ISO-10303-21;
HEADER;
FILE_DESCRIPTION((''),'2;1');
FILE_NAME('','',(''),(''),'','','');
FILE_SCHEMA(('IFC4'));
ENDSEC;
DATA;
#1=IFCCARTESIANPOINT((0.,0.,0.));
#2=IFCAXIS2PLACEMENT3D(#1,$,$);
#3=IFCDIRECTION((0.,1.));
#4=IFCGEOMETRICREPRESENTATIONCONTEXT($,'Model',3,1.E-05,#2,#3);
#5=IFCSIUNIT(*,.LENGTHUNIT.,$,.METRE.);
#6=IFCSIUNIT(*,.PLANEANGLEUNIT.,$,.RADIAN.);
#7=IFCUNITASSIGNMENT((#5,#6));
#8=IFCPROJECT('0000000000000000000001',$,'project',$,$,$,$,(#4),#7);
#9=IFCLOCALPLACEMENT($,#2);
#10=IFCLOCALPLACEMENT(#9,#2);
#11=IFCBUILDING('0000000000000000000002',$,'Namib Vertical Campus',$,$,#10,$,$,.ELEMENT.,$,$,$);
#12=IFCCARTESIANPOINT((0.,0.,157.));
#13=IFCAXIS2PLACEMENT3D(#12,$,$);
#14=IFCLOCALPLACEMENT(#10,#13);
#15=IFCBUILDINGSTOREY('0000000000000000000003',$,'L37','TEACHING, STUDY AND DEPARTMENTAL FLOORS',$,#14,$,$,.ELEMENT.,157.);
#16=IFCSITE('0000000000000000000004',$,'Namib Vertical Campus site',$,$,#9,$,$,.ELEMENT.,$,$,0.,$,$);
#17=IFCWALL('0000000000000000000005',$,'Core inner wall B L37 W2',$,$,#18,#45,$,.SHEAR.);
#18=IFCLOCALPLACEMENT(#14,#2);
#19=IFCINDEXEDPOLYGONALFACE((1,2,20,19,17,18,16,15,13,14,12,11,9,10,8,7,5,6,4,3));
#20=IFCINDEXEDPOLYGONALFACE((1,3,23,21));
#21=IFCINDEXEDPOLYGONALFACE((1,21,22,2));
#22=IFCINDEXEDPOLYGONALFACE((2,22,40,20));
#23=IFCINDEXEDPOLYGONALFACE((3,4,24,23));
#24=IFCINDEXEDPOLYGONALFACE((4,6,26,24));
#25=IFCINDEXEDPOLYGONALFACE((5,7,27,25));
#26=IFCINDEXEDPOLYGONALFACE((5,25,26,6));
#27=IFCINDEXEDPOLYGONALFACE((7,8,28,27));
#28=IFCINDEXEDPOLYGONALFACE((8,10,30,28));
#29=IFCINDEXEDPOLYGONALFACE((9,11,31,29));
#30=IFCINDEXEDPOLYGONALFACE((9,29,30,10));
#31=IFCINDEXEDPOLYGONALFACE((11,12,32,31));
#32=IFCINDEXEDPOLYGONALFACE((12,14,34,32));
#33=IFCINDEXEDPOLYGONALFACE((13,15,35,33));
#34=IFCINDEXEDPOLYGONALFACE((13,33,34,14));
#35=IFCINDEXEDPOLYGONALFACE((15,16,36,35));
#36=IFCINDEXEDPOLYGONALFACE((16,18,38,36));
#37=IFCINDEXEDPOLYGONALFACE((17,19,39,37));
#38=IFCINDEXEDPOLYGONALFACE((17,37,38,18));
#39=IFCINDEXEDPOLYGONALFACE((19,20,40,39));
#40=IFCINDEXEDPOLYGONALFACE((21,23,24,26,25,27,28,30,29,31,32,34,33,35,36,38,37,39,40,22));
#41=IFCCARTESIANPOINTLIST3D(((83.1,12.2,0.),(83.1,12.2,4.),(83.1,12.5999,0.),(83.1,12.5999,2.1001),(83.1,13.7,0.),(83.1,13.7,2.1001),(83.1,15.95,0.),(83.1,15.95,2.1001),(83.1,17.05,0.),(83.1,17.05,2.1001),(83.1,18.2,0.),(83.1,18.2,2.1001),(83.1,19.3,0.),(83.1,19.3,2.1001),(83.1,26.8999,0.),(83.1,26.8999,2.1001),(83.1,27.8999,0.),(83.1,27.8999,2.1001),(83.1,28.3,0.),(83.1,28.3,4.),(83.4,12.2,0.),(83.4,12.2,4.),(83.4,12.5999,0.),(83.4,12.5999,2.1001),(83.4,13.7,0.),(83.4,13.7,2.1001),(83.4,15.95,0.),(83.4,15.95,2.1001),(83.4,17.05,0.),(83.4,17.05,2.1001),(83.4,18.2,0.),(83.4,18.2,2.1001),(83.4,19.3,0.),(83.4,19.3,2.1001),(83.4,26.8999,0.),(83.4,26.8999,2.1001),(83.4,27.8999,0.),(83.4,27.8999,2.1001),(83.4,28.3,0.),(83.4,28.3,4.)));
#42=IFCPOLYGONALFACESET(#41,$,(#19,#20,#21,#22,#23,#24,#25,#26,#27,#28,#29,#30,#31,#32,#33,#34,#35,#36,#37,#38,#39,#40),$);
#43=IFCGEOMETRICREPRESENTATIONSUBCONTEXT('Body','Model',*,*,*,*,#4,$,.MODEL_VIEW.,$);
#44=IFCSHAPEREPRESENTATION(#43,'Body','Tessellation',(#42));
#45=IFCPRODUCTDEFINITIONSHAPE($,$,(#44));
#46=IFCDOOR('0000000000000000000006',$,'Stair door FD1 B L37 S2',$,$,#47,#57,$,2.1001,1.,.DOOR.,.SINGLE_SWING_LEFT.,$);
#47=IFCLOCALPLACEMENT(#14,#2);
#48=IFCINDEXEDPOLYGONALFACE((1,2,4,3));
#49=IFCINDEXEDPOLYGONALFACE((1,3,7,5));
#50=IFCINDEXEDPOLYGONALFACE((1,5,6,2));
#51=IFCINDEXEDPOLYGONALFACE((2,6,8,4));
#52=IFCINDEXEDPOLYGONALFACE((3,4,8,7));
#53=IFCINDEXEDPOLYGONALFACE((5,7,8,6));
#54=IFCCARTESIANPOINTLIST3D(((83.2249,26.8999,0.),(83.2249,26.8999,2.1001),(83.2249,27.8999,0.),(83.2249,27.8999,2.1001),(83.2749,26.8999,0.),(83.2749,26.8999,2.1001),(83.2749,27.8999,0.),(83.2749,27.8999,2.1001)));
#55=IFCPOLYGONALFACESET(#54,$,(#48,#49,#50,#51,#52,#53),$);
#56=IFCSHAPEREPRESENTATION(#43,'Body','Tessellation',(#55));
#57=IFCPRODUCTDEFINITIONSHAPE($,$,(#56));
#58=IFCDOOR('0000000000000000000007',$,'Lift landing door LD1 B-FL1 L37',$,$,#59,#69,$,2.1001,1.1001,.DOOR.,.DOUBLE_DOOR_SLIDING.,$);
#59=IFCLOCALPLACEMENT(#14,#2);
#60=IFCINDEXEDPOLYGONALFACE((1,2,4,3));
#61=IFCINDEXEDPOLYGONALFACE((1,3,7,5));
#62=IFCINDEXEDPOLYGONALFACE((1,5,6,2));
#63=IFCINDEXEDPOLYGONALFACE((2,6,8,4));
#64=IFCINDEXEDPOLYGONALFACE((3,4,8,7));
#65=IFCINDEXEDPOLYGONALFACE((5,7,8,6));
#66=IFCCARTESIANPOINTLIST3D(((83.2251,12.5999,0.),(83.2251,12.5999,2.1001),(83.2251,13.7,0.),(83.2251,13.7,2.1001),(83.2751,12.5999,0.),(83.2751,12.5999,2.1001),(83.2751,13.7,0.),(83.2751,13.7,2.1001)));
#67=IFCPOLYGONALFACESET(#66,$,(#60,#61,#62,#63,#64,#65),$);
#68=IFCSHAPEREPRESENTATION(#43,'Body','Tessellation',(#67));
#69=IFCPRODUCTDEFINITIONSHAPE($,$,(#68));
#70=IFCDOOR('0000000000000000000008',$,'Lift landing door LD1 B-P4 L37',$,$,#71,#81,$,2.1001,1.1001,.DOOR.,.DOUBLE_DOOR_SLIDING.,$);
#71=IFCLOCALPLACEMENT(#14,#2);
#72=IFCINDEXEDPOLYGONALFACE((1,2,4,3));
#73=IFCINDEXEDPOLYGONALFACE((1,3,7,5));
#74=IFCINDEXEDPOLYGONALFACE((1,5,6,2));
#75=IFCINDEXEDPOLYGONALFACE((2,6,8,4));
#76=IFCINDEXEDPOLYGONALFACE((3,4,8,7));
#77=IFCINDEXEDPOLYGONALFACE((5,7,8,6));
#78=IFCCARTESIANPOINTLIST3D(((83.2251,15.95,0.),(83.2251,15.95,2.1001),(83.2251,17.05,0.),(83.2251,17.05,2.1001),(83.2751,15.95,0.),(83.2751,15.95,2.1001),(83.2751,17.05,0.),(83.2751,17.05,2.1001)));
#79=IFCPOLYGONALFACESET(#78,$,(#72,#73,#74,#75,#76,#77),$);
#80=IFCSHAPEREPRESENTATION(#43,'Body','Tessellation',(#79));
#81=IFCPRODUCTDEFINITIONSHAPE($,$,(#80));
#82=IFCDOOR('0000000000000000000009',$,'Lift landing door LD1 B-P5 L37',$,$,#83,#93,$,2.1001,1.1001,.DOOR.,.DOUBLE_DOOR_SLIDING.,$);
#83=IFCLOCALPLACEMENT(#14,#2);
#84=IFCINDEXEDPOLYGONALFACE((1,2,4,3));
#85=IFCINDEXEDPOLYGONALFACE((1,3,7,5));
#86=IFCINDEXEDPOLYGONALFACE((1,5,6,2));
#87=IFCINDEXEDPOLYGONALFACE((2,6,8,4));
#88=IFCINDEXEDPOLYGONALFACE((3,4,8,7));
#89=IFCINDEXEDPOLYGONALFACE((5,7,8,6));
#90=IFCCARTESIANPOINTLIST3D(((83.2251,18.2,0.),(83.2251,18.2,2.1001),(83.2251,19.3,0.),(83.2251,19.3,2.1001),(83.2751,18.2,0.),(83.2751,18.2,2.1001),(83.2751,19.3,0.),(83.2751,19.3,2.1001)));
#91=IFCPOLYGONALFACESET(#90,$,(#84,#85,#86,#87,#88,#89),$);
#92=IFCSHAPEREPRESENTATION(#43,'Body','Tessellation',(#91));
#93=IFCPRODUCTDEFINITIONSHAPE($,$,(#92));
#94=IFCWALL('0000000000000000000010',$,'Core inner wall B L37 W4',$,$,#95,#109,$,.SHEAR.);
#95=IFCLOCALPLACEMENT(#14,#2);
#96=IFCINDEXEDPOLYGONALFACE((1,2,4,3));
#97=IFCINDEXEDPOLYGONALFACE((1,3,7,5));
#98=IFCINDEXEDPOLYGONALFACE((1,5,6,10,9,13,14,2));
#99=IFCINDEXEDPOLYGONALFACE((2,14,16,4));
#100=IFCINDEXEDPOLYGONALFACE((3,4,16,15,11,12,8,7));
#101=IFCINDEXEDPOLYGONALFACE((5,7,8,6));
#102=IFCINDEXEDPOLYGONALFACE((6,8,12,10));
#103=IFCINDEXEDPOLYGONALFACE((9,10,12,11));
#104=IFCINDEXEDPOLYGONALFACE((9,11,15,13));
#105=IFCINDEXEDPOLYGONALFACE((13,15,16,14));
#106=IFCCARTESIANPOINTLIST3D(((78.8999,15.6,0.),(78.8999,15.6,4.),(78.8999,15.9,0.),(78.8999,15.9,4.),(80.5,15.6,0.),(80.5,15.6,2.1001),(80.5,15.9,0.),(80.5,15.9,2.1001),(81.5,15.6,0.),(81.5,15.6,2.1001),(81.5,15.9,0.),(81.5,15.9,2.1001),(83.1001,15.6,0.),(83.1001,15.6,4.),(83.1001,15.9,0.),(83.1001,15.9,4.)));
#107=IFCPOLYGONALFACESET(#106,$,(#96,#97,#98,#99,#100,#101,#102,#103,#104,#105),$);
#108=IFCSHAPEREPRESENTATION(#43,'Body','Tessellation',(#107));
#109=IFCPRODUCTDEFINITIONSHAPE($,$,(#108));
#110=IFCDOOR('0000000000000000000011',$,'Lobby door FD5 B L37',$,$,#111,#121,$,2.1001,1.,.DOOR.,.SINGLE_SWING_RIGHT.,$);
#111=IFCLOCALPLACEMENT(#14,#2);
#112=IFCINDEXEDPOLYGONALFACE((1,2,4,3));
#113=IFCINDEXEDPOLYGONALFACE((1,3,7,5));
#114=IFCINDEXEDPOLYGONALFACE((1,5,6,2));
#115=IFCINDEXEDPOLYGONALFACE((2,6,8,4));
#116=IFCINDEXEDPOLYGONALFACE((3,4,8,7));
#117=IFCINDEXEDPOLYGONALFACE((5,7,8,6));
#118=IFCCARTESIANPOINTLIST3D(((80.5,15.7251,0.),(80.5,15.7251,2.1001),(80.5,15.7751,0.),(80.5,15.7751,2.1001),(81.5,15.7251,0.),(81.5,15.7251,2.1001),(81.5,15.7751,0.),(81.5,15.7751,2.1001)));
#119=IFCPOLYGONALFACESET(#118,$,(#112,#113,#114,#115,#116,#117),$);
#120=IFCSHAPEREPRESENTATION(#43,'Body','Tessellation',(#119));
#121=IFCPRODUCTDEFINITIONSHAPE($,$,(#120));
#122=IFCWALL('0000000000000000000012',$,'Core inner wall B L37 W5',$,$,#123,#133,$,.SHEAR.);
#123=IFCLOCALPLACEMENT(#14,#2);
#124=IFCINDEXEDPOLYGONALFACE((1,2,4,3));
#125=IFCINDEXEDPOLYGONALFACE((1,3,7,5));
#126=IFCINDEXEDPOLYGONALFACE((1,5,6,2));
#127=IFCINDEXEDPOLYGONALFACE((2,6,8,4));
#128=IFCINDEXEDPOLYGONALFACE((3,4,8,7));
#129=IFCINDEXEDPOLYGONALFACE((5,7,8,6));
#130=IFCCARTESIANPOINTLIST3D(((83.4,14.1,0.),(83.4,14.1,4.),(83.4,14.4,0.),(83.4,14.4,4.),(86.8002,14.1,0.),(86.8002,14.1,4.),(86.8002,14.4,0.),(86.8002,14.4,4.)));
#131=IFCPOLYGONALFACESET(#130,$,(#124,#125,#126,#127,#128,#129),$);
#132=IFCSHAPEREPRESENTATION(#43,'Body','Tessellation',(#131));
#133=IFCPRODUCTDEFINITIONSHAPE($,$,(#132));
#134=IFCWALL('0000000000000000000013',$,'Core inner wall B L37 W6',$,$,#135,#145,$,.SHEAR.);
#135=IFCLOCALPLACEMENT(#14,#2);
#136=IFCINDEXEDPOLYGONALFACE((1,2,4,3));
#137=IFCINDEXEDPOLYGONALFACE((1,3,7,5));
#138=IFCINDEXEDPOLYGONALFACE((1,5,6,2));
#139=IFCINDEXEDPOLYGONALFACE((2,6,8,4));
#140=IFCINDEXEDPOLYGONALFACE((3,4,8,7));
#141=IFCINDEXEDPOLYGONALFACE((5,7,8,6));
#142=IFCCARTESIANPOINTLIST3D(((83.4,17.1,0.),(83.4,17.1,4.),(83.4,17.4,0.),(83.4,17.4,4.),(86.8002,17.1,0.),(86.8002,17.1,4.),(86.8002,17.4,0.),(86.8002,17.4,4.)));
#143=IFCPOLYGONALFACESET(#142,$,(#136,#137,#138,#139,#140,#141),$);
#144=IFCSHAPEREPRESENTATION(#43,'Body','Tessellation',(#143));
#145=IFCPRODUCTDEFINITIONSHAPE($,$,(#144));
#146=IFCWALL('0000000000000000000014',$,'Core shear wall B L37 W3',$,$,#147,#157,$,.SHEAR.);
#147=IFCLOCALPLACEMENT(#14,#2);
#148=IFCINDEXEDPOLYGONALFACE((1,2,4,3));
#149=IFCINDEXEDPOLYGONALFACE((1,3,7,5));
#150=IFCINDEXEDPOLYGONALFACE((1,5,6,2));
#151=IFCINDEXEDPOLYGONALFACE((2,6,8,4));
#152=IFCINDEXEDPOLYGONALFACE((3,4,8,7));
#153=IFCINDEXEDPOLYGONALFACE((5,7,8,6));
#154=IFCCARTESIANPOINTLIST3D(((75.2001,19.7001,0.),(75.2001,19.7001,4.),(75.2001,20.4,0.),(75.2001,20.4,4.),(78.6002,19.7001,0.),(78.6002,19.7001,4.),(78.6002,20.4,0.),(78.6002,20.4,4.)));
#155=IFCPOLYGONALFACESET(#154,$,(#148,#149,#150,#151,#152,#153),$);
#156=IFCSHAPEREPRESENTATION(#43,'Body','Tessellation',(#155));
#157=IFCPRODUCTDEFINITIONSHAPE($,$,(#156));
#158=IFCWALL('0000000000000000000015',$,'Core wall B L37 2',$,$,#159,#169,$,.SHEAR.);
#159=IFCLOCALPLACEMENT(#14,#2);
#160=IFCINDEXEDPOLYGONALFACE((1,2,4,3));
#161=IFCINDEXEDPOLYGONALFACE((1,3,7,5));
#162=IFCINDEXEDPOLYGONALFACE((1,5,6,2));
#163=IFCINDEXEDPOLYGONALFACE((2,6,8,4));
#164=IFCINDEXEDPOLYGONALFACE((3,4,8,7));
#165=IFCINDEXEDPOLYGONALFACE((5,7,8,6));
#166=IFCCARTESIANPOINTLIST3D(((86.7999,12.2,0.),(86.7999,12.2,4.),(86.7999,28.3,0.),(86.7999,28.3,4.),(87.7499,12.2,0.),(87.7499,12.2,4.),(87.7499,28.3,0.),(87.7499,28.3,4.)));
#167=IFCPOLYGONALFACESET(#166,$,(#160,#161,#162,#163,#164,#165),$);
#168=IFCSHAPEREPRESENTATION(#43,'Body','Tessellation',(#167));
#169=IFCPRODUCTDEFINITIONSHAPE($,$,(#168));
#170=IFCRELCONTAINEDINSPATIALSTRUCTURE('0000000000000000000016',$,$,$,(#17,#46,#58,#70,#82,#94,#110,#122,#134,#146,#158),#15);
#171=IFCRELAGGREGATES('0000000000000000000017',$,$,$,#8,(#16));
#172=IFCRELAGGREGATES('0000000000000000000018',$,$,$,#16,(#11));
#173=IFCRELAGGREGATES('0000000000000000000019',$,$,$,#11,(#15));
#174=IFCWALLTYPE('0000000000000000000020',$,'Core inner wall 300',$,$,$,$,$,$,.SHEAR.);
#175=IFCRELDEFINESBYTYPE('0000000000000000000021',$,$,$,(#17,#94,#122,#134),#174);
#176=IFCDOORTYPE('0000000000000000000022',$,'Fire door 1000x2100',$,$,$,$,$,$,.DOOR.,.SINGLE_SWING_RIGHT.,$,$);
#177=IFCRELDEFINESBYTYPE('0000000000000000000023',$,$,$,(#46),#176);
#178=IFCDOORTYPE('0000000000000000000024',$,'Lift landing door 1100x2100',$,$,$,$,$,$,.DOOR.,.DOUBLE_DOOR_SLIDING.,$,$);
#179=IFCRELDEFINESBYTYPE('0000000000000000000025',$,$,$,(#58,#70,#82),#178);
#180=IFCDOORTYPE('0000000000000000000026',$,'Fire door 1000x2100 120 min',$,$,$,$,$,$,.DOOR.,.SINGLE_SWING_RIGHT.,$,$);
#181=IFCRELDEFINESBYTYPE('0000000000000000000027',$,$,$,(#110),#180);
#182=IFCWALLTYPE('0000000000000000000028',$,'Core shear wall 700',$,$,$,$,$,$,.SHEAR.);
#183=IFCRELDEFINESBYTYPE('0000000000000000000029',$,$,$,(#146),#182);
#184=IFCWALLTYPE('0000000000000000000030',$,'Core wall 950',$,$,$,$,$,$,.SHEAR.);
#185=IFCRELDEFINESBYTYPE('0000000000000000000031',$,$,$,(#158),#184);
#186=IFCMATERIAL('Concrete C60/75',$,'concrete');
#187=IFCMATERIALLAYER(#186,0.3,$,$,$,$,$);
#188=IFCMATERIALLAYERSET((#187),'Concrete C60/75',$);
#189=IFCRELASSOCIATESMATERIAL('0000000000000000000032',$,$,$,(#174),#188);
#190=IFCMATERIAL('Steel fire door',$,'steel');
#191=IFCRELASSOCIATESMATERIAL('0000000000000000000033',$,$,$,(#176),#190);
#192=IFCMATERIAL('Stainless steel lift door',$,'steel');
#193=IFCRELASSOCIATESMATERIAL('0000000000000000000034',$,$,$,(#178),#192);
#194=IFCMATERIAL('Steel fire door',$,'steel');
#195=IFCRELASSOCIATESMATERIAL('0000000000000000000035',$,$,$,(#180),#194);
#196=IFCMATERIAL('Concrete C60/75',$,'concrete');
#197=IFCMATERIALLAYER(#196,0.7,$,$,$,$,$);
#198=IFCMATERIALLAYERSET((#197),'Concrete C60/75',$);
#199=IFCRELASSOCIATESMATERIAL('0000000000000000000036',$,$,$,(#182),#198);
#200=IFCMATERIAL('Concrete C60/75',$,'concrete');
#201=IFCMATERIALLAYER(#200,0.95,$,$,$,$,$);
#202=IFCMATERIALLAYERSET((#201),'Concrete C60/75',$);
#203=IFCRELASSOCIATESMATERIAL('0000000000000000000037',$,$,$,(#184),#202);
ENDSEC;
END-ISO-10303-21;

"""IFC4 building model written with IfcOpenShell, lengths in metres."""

from ifc_helpers import new_model, si_unit, direction, frame, frame_2d, origin, place, context, subcontext, project, spatial, rectangle, extrude, material, layer, layer_set, type_object, element, fill, save


model = new_model("IFC4")

# Units and contexts
model_context = context("Model", 3, precision=1e-05, world=origin(), true_north=direction((0.0, 1.0)))
body_context = subcontext(model_context, "Body", "Model", "MODEL_VIEW")
ifc_project = project(units=[si_unit("LENGTHUNIT", "METRE"), si_unit("PLANEANGLEUNIT", "RADIAN")], contexts=[model_context])

# Site, building, storey
site_placement = place(None, origin())
site = spatial("IfcSite", under=ifc_project, at=site_placement, Name="Namib Vertical Campus site", CompositionType="ELEMENT", RefElevation=0.0)
building_placement = place(site_placement, origin())
building = spatial("IfcBuilding", under=site, at=building_placement, Name="Namib Vertical Campus", CompositionType="ELEMENT")
storey_placement = place(building_placement, frame((0.0, 0.0, 157.0)))
storey = spatial("IfcBuildingStorey", under=building, at=storey_placement, Name="L37", Description="TEACHING, STUDY AND DEPARTMENTAL FLOORS", CompositionType="ELEMENT", Elevation=157.0)

# Wall, openings, doors
ifc_material_1 = material(Name="Concrete C60/75", Category="concrete")
ifc_layer_1 = layer(ifc_material_1, 0.3)
ifc_layer_set_1 = layer_set([ifc_layer_1], Name="Concrete C60/75")
wall_type_1 = type_object("IfcWallType", Name="Core inner wall 300", PredefinedType="SHEAR", material=ifc_layer_set_1)
ifc_material_2 = material(Name="Steel fire door", Category="steel")
door_type_1 = type_object("IfcDoorType", Name="Fire door 1000x2100", OperationType="SINGLE_SWING_RIGHT", PredefinedType="DOOR", material=ifc_material_2)
ifc_material_3 = material(Name="Stainless steel lift door", Category="steel")
door_type_2 = type_object("IfcDoorType", Name="Lift landing door 1100x2100", OperationType="DOUBLE_DOOR_SLIDING", PredefinedType="DOOR", material=ifc_material_3)
wall_1_placement = place(storey_placement, frame((83.25, 12.2, 0.0), z_axis=(0.0, 0.0, 1.0), x_axis=(0.0, 1.0, 0.0)))
wall_1 = element("IfcWall", 1, at=wall_1_placement, inside=storey, type_object=wall_type_1, Name="Core inner wall B L37 W2", PredefinedType="SHEAR", context=body_context, shape_type="SweptSolid", body=[
    extrude(rectangle(XDim=16.1001, YDim=0.3, at=frame_2d((8.05, 0.0))), origin(), (0.0, 0.0, 1.0), 4.0),
])
opening_1_placement = place(wall_1_placement, frame((14.7, 0.0, 0.0)))
opening_1 = element("IfcOpeningElement", 2, at=opening_1_placement, cuts=wall_1, PredefinedType="OPENING", context=body_context, shape_type="SweptSolid", body=[
    extrude(rectangle(XDim=1.0, YDim=2.1001, at=frame_2d((0.5, 1.05))), frame((0.0, 0.1599, 0.0), z_axis=(0.0, -1.0, 0.0), x_axis=(1.0, 0.0, 0.0)), (0.0, 0.0, 1.0), 0.3201),
])
opening_2_placement = place(wall_1_placement, frame((0.3999, 0.0, 0.0)))
opening_2 = element("IfcOpeningElement", 3, at=opening_2_placement, cuts=wall_1, PredefinedType="OPENING", context=body_context, shape_type="SweptSolid", body=[
    extrude(rectangle(XDim=1.1001, YDim=2.1001, at=frame_2d((0.55, 1.05))), frame((0.0, 0.1599, 0.0), z_axis=(0.0, -1.0, 0.0), x_axis=(1.0, 0.0, 0.0)), (0.0, 0.0, 1.0), 0.3201),
])
opening_3_placement = place(wall_1_placement, frame((3.75, 0.0, 0.0)))
opening_3 = element("IfcOpeningElement", 4, at=opening_3_placement, cuts=wall_1, PredefinedType="OPENING", context=body_context, shape_type="SweptSolid", body=[
    extrude(rectangle(XDim=1.1001, YDim=2.1001, at=frame_2d((0.55, 1.05))), frame((0.0, 0.1599, 0.0), z_axis=(0.0, -1.0, 0.0), x_axis=(1.0, 0.0, 0.0)), (0.0, 0.0, 1.0), 0.3201),
])
opening_4_placement = place(wall_1_placement, frame((6.0, 0.0, 0.0)))
opening_4 = element("IfcOpeningElement", 5, at=opening_4_placement, cuts=wall_1, PredefinedType="OPENING", context=body_context, shape_type="SweptSolid", body=[
    extrude(rectangle(XDim=1.1001, YDim=2.1001, at=frame_2d((0.55, 1.05))), frame((0.0, 0.1599, 0.0), z_axis=(0.0, -1.0, 0.0), x_axis=(1.0, 0.0, 0.0)), (0.0, 0.0, 1.0), 0.3201),
])
door_1_placement = place(opening_1_placement, frame((1.0, 0.0, 0.0), z_axis=(0.0, 0.0, 1.0), x_axis=(-1.0, 0.0, 0.0)))
door_1 = element("IfcDoor", 6, at=door_1_placement, inside=storey, type_object=door_type_1, Name="Stair door FD1 B L37 S2", OperationType="SINGLE_SWING_LEFT", OverallHeight=2.1001, OverallWidth=1.0, PredefinedType="DOOR", context=body_context, shape_type="SweptSolid", body=[
    extrude(rectangle(XDim=1.0, YDim=2.1001, at=frame_2d((0.5, 1.05))), frame((0.0, 0.0249, 0.0), z_axis=(0.0, -1.0, 0.0), x_axis=(1.0, 0.0, 0.0)), (0.0, 0.0, 1.0), 0.05),
])
fill(opening_1, door_1)
door_2_placement = place(opening_2_placement, origin())
door_2 = element("IfcDoor", 7, at=door_2_placement, inside=storey, type_object=door_type_2, Name="Lift landing door LD1 B-FL1 L37", OperationType="DOUBLE_DOOR_SLIDING", OverallHeight=2.1001, OverallWidth=1.1001, PredefinedType="DOOR", context=body_context, shape_type="SweptSolid", body=[
    extrude(rectangle(XDim=1.1001, YDim=2.1001, at=frame_2d((0.55, 1.05))), frame((0.0, 0.0249, 0.0), z_axis=(0.0, -1.0, 0.0), x_axis=(1.0, 0.0, 0.0)), (0.0, 0.0, 1.0), 0.05),
])
fill(opening_2, door_2)
door_3_placement = place(opening_3_placement, origin())
door_3 = element("IfcDoor", 8, at=door_3_placement, inside=storey, type_object=door_type_2, Name="Lift landing door LD1 B-P4 L37", OperationType="DOUBLE_DOOR_SLIDING", OverallHeight=2.1001, OverallWidth=1.1001, PredefinedType="DOOR", context=body_context, shape_type="SweptSolid", body=[
    extrude(rectangle(XDim=1.1001, YDim=2.1001, at=frame_2d((0.55, 1.05))), frame((0.0, 0.0249, 0.0), z_axis=(0.0, -1.0, 0.0), x_axis=(1.0, 0.0, 0.0)), (0.0, 0.0, 1.0), 0.05),
])
fill(opening_3, door_3)
door_4_placement = place(opening_4_placement, origin())
door_4 = element("IfcDoor", 9, at=door_4_placement, inside=storey, type_object=door_type_2, Name="Lift landing door LD1 B-P5 L37", OperationType="DOUBLE_DOOR_SLIDING", OverallHeight=2.1001, OverallWidth=1.1001, PredefinedType="DOOR", context=body_context, shape_type="SweptSolid", body=[
    extrude(rectangle(XDim=1.1001, YDim=2.1001, at=frame_2d((0.55, 1.05))), frame((0.0, 0.0249, 0.0), z_axis=(0.0, -1.0, 0.0), x_axis=(1.0, 0.0, 0.0)), (0.0, 0.0, 1.0), 0.05),
])
fill(opening_4, door_4)

# Wall, opening, door
wall_2_placement = place(storey_placement, frame((78.8999, 15.75, 0.0), z_axis=(0.0, 0.0, 1.0), x_axis=(1.0, 0.0, 0.0)))
wall_2 = element("IfcWall", 10, at=wall_2_placement, inside=storey, type_object=wall_type_1, Name="Core inner wall B L37 W4", PredefinedType="SHEAR", context=body_context, shape_type="SweptSolid", body=[
    extrude(rectangle(XDim=4.2002, YDim=0.3, at=frame_2d((2.1001, 0.0))), origin(), (0.0, 0.0, 1.0), 4.0),
])
opening_5_placement = place(wall_2_placement, frame((1.6001, 0.0, 0.0)))
opening_5 = element("IfcOpeningElement", 11, at=opening_5_placement, cuts=wall_2, PredefinedType="OPENING", context=body_context, shape_type="SweptSolid", body=[
    extrude(rectangle(XDim=1.0, YDim=2.1001, at=frame_2d((0.5, 1.05))), frame((0.0, 0.1599, 0.0), z_axis=(0.0, -1.0, 0.0), x_axis=(1.0, 0.0, 0.0)), (0.0, 0.0, 1.0), 0.3201),
])
ifc_material_4 = material(Name="Steel fire door", Category="steel")
door_type_3 = type_object("IfcDoorType", Name="Fire door 1000x2100 120 min", OperationType="SINGLE_SWING_RIGHT", PredefinedType="DOOR", material=ifc_material_4)
door_5_placement = place(opening_5_placement, frame((1.0, 0.0, 0.0), z_axis=(0.0, 0.0, 1.0), x_axis=(-1.0, 0.0, 0.0)))
door_5 = element("IfcDoor", 12, at=door_5_placement, inside=storey, type_object=door_type_3, Name="Lobby door FD5 B L37", OperationType="SINGLE_SWING_RIGHT", OverallHeight=2.1001, OverallWidth=1.0, PredefinedType="DOOR", context=body_context, shape_type="SweptSolid", body=[
    extrude(rectangle(XDim=1.0, YDim=2.1001, at=frame_2d((0.5, 1.05))), frame((0.0, 0.0249, 0.0), z_axis=(0.0, -1.0, 0.0), x_axis=(1.0, 0.0, 0.0)), (0.0, 0.0, 1.0), 0.05),
])
fill(opening_5, door_5)

# Walls
for number, where, z_axis, x_axis, name in (
    (13, (83.3999, 14.25, 0.0), (0.0, 0.0, 1.0), (1.0, 0.0, 0.0), "Core inner wall B L37 W5"),
    (14, (83.3999, 17.25, 0.0), (0.0, 0.0, 1.0), (1.0, 0.0, 0.0), "Core inner wall B L37 W6"),
):
    element("IfcWall", number, at=place(storey_placement, frame(where, z_axis=z_axis, x_axis=x_axis)), inside=storey, type_object=wall_type_1, Name=name, PredefinedType="SHEAR", context=body_context, shape_type="SweptSolid", body=[
        extrude(rectangle(XDim=3.4001, YDim=0.3, at=frame_2d((1.7002, 0.0))), origin(), (0.0, 0.0, 1.0), 4.0),
    ])
ifc_material_5 = material(Name="Concrete C60/75", Category="concrete")
ifc_layer_2 = layer(ifc_material_5, 0.7)
ifc_layer_set_2 = layer_set([ifc_layer_2], Name="Concrete C60/75")
wall_type_2 = type_object("IfcWallType", Name="Core shear wall 700", PredefinedType="SHEAR", material=ifc_layer_set_2)
wall_3_placement = place(storey_placement, frame((75.2, 20.05, 0.0), z_axis=(0.0, 0.0, 1.0), x_axis=(1.0, 0.0, 0.0)))
element("IfcWall", 15, at=wall_3_placement, inside=storey, type_object=wall_type_2, Name="Core shear wall B L37 W3", PredefinedType="SHEAR", context=body_context, shape_type="SweptSolid", body=[
    extrude(rectangle(XDim=3.4001, YDim=0.7, at=frame_2d((1.7002, 0.0))), origin(), (0.0, 0.0, 1.0), 4.0),
])
ifc_material_6 = material(Name="Concrete C60/75", Category="concrete")
ifc_layer_3 = layer(ifc_material_6, 0.95)
ifc_layer_set_3 = layer_set([ifc_layer_3], Name="Concrete C60/75")
wall_type_3 = type_object("IfcWallType", Name="Core wall 950", PredefinedType="SHEAR", material=ifc_layer_set_3)
wall_4_placement = place(storey_placement, frame((87.2749, 12.2, 0.0), z_axis=(0.0, 0.0, 1.0), x_axis=(0.0, 1.0, 0.0)))
element("IfcWall", 16, at=wall_4_placement, inside=storey, type_object=wall_type_3, Name="Core wall B L37 2", PredefinedType="SHEAR", context=body_context, shape_type="SweptSolid", body=[
    extrude(rectangle(XDim=16.1001, YDim=0.95, at=frame_2d((8.05, 0.0))), origin(), (0.0, 0.0, 1.0), 4.0),
])

save(model, "model.ifc")
